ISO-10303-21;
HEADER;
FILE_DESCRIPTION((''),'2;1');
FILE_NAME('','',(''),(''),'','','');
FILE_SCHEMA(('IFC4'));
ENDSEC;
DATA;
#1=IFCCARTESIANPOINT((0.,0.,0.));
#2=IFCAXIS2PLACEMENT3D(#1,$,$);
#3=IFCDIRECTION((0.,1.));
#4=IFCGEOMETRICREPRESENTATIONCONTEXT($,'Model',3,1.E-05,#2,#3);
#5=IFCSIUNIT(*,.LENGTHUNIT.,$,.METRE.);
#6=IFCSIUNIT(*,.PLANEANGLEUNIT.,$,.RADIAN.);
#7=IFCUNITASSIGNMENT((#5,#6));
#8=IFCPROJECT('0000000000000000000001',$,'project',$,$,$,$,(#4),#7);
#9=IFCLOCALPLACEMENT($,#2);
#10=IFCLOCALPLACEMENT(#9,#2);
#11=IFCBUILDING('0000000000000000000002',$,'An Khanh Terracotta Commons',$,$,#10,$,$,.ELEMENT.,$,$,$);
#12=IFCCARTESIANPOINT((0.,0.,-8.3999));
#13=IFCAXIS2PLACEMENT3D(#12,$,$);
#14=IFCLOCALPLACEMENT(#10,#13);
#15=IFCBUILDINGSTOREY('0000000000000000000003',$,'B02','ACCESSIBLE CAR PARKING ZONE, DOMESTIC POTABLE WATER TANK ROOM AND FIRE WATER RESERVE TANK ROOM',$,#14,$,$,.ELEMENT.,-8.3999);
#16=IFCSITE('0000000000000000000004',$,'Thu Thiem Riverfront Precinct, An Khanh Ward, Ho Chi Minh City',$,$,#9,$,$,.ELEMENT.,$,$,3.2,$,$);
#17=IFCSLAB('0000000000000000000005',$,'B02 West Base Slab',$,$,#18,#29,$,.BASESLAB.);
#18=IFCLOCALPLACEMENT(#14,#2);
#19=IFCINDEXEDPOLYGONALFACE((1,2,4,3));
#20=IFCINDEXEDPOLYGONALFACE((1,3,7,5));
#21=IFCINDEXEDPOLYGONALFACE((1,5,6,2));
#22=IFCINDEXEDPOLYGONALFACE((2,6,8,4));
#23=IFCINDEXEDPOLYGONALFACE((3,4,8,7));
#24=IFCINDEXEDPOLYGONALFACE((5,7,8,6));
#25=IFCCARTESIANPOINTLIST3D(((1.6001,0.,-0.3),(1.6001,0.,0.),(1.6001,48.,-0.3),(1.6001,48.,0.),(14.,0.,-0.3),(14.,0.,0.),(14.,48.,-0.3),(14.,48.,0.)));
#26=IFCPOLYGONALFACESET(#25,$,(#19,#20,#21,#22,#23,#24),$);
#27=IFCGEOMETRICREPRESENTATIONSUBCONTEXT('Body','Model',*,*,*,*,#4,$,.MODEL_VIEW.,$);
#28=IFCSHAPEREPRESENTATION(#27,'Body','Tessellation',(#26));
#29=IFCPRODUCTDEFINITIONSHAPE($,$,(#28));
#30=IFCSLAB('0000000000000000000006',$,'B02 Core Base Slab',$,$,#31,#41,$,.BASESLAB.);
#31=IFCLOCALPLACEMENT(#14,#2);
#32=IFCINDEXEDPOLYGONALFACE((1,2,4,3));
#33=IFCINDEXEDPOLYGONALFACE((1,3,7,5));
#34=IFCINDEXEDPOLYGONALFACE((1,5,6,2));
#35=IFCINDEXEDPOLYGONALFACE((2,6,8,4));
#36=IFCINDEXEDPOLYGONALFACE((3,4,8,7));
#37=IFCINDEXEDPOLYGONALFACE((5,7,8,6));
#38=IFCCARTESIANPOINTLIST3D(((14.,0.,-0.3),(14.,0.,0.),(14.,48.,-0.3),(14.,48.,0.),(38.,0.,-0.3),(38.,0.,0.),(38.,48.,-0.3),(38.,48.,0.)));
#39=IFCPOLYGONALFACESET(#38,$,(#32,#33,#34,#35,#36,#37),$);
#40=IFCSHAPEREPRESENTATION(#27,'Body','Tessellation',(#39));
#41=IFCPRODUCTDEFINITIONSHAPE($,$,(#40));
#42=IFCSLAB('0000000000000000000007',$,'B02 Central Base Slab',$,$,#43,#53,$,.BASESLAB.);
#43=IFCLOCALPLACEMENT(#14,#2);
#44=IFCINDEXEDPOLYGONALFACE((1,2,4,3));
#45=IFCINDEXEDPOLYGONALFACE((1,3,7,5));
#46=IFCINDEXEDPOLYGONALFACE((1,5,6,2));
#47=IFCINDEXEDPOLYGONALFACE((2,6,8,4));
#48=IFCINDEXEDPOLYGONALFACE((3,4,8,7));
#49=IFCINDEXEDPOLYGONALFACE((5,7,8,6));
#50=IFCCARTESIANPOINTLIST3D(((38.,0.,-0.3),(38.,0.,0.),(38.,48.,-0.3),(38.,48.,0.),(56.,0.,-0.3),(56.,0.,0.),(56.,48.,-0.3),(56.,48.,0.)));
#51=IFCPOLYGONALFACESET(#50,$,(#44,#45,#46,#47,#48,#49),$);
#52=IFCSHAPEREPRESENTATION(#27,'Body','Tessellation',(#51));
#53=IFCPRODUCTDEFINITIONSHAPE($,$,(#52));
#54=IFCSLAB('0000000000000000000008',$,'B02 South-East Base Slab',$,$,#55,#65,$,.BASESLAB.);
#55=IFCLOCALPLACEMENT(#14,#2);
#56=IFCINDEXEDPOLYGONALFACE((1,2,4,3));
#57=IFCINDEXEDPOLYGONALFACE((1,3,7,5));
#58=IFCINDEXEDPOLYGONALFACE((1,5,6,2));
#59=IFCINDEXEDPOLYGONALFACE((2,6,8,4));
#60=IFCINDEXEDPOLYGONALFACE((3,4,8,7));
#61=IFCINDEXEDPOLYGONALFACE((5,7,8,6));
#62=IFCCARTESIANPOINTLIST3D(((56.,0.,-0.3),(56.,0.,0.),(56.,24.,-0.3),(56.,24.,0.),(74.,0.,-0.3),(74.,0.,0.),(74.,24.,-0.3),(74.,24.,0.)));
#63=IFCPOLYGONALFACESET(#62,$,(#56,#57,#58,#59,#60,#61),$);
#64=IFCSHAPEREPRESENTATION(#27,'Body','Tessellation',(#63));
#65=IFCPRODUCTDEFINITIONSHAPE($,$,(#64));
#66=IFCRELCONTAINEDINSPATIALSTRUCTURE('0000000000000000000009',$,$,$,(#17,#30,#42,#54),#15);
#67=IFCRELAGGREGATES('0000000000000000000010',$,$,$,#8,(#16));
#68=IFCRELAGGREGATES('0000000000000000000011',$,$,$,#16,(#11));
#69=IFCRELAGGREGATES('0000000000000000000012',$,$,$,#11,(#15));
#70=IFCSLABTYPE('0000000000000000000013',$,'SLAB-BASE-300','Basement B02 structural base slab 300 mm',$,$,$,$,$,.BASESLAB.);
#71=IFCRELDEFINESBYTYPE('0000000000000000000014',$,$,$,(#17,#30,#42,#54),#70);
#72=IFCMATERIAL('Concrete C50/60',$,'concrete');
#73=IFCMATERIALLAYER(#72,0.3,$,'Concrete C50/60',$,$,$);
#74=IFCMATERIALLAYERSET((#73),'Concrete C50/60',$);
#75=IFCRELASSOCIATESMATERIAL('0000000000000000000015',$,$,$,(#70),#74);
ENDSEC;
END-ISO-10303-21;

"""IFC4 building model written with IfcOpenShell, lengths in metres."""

from ifc_helpers import new_model, si_unit, direction, frame, origin, place, context, subcontext, project, spatial, polyline, outline, extrude, material, layer, layer_set, type_object, element, save


model = new_model("IFC4")

# Units and contexts
model_context = context("Model", 3, precision=1e-05, world=origin(), true_north=direction((0.0, 1.0)))
body_context = subcontext(model_context, "Body", "Model", "MODEL_VIEW")
ifc_project = project(units=[si_unit("LENGTHUNIT", "METRE"), si_unit("PLANEANGLEUNIT", "RADIAN")], contexts=[model_context])

# Site, building, storey
site_placement = place(None, origin())
site = spatial("IfcSite", under=ifc_project, at=site_placement, Name="Thu Thiem Riverfront Precinct, An Khanh Ward, Ho Chi Minh City", CompositionType="ELEMENT", RefElevation=3.2)
building_placement = place(site_placement, origin())
building = spatial("IfcBuilding", under=site, at=building_placement, Name="An Khanh Terracotta Commons", CompositionType="ELEMENT")
storey_placement = place(building_placement, frame((0.0, 0.0, -8.3999)))
storey = spatial("IfcBuildingStorey", under=building, at=storey_placement, Name="B02", Description="ACCESSIBLE CAR PARKING ZONE, DOMESTIC POTABLE WATER TANK ROOM AND FIRE WATER RESERVE TANK ROOM", CompositionType="ELEMENT", Elevation=-8.3999)

# Shared definitions
ifc_material = material(Name="Concrete C50/60", Category="concrete")

# Slabs
ifc_layer_1 = layer(ifc_material, 0.3, Name="Concrete C50/60")
ifc_layer_set_1 = layer_set([ifc_layer_1], Name="Concrete C50/60")
slab_type = type_object("IfcSlabType", Name="SLAB-BASE-300", Description="Basement B02 structural base slab 300 mm", PredefinedType="BASESLAB", material=ifc_layer_set_1)
slab_1_placement = place(storey_placement, frame((0.0, 0.0, -0.3)))
element("IfcSlab", 1, at=slab_1_placement, inside=storey, type_object=slab_type, Name="B02 West Base Slab", PredefinedType="BASESLAB", context=body_context, shape_type="SweptSolid", body=[
    extrude(outline(polyline([(1.6001, 0.0), (14.0, 0.0), (14.0, 48.0), (1.6001, 48.0), (1.6001, 0.0)])), origin(), (0.0, 0.0, 1.0), 0.3),
])
slab_2_placement = place(storey_placement, frame((0.0, 0.0, -0.3)))
element("IfcSlab", 2, at=slab_2_placement, inside=storey, type_object=slab_type, Name="B02 Core Base Slab", PredefinedType="BASESLAB", context=body_context, shape_type="SweptSolid", body=[
    extrude(outline(polyline([(14.0, 0.0), (38.0, 0.0), (38.0, 48.0), (14.0, 48.0), (14.0, 0.0)])), origin(), (0.0, 0.0, 1.0), 0.3),
])
slab_3_placement = place(storey_placement, frame((0.0, 0.0, -0.3)))
element("IfcSlab", 3, at=slab_3_placement, inside=storey, type_object=slab_type, Name="B02 Central Base Slab", PredefinedType="BASESLAB", context=body_context, shape_type="SweptSolid", body=[
    extrude(outline(polyline([(38.0, 0.0), (56.0, 0.0), (56.0, 48.0), (38.0, 48.0), (38.0, 0.0)])), origin(), (0.0, 0.0, 1.0), 0.3),
])
slab_4_placement = place(storey_placement, frame((0.0, 0.0, -0.3)))
element("IfcSlab", 4, at=slab_4_placement, inside=storey, type_object=slab_type, Name="B02 South-East Base Slab", PredefinedType="BASESLAB", context=body_context, shape_type="SweptSolid", body=[
    extrude(outline(polyline([(56.0, 0.0), (74.0, 0.0), (74.0, 24.0), (56.0, 24.0), (56.0, 0.0)])), origin(), (0.0, 0.0, 1.0), 0.3),
])

save(model, "model.ifc")
